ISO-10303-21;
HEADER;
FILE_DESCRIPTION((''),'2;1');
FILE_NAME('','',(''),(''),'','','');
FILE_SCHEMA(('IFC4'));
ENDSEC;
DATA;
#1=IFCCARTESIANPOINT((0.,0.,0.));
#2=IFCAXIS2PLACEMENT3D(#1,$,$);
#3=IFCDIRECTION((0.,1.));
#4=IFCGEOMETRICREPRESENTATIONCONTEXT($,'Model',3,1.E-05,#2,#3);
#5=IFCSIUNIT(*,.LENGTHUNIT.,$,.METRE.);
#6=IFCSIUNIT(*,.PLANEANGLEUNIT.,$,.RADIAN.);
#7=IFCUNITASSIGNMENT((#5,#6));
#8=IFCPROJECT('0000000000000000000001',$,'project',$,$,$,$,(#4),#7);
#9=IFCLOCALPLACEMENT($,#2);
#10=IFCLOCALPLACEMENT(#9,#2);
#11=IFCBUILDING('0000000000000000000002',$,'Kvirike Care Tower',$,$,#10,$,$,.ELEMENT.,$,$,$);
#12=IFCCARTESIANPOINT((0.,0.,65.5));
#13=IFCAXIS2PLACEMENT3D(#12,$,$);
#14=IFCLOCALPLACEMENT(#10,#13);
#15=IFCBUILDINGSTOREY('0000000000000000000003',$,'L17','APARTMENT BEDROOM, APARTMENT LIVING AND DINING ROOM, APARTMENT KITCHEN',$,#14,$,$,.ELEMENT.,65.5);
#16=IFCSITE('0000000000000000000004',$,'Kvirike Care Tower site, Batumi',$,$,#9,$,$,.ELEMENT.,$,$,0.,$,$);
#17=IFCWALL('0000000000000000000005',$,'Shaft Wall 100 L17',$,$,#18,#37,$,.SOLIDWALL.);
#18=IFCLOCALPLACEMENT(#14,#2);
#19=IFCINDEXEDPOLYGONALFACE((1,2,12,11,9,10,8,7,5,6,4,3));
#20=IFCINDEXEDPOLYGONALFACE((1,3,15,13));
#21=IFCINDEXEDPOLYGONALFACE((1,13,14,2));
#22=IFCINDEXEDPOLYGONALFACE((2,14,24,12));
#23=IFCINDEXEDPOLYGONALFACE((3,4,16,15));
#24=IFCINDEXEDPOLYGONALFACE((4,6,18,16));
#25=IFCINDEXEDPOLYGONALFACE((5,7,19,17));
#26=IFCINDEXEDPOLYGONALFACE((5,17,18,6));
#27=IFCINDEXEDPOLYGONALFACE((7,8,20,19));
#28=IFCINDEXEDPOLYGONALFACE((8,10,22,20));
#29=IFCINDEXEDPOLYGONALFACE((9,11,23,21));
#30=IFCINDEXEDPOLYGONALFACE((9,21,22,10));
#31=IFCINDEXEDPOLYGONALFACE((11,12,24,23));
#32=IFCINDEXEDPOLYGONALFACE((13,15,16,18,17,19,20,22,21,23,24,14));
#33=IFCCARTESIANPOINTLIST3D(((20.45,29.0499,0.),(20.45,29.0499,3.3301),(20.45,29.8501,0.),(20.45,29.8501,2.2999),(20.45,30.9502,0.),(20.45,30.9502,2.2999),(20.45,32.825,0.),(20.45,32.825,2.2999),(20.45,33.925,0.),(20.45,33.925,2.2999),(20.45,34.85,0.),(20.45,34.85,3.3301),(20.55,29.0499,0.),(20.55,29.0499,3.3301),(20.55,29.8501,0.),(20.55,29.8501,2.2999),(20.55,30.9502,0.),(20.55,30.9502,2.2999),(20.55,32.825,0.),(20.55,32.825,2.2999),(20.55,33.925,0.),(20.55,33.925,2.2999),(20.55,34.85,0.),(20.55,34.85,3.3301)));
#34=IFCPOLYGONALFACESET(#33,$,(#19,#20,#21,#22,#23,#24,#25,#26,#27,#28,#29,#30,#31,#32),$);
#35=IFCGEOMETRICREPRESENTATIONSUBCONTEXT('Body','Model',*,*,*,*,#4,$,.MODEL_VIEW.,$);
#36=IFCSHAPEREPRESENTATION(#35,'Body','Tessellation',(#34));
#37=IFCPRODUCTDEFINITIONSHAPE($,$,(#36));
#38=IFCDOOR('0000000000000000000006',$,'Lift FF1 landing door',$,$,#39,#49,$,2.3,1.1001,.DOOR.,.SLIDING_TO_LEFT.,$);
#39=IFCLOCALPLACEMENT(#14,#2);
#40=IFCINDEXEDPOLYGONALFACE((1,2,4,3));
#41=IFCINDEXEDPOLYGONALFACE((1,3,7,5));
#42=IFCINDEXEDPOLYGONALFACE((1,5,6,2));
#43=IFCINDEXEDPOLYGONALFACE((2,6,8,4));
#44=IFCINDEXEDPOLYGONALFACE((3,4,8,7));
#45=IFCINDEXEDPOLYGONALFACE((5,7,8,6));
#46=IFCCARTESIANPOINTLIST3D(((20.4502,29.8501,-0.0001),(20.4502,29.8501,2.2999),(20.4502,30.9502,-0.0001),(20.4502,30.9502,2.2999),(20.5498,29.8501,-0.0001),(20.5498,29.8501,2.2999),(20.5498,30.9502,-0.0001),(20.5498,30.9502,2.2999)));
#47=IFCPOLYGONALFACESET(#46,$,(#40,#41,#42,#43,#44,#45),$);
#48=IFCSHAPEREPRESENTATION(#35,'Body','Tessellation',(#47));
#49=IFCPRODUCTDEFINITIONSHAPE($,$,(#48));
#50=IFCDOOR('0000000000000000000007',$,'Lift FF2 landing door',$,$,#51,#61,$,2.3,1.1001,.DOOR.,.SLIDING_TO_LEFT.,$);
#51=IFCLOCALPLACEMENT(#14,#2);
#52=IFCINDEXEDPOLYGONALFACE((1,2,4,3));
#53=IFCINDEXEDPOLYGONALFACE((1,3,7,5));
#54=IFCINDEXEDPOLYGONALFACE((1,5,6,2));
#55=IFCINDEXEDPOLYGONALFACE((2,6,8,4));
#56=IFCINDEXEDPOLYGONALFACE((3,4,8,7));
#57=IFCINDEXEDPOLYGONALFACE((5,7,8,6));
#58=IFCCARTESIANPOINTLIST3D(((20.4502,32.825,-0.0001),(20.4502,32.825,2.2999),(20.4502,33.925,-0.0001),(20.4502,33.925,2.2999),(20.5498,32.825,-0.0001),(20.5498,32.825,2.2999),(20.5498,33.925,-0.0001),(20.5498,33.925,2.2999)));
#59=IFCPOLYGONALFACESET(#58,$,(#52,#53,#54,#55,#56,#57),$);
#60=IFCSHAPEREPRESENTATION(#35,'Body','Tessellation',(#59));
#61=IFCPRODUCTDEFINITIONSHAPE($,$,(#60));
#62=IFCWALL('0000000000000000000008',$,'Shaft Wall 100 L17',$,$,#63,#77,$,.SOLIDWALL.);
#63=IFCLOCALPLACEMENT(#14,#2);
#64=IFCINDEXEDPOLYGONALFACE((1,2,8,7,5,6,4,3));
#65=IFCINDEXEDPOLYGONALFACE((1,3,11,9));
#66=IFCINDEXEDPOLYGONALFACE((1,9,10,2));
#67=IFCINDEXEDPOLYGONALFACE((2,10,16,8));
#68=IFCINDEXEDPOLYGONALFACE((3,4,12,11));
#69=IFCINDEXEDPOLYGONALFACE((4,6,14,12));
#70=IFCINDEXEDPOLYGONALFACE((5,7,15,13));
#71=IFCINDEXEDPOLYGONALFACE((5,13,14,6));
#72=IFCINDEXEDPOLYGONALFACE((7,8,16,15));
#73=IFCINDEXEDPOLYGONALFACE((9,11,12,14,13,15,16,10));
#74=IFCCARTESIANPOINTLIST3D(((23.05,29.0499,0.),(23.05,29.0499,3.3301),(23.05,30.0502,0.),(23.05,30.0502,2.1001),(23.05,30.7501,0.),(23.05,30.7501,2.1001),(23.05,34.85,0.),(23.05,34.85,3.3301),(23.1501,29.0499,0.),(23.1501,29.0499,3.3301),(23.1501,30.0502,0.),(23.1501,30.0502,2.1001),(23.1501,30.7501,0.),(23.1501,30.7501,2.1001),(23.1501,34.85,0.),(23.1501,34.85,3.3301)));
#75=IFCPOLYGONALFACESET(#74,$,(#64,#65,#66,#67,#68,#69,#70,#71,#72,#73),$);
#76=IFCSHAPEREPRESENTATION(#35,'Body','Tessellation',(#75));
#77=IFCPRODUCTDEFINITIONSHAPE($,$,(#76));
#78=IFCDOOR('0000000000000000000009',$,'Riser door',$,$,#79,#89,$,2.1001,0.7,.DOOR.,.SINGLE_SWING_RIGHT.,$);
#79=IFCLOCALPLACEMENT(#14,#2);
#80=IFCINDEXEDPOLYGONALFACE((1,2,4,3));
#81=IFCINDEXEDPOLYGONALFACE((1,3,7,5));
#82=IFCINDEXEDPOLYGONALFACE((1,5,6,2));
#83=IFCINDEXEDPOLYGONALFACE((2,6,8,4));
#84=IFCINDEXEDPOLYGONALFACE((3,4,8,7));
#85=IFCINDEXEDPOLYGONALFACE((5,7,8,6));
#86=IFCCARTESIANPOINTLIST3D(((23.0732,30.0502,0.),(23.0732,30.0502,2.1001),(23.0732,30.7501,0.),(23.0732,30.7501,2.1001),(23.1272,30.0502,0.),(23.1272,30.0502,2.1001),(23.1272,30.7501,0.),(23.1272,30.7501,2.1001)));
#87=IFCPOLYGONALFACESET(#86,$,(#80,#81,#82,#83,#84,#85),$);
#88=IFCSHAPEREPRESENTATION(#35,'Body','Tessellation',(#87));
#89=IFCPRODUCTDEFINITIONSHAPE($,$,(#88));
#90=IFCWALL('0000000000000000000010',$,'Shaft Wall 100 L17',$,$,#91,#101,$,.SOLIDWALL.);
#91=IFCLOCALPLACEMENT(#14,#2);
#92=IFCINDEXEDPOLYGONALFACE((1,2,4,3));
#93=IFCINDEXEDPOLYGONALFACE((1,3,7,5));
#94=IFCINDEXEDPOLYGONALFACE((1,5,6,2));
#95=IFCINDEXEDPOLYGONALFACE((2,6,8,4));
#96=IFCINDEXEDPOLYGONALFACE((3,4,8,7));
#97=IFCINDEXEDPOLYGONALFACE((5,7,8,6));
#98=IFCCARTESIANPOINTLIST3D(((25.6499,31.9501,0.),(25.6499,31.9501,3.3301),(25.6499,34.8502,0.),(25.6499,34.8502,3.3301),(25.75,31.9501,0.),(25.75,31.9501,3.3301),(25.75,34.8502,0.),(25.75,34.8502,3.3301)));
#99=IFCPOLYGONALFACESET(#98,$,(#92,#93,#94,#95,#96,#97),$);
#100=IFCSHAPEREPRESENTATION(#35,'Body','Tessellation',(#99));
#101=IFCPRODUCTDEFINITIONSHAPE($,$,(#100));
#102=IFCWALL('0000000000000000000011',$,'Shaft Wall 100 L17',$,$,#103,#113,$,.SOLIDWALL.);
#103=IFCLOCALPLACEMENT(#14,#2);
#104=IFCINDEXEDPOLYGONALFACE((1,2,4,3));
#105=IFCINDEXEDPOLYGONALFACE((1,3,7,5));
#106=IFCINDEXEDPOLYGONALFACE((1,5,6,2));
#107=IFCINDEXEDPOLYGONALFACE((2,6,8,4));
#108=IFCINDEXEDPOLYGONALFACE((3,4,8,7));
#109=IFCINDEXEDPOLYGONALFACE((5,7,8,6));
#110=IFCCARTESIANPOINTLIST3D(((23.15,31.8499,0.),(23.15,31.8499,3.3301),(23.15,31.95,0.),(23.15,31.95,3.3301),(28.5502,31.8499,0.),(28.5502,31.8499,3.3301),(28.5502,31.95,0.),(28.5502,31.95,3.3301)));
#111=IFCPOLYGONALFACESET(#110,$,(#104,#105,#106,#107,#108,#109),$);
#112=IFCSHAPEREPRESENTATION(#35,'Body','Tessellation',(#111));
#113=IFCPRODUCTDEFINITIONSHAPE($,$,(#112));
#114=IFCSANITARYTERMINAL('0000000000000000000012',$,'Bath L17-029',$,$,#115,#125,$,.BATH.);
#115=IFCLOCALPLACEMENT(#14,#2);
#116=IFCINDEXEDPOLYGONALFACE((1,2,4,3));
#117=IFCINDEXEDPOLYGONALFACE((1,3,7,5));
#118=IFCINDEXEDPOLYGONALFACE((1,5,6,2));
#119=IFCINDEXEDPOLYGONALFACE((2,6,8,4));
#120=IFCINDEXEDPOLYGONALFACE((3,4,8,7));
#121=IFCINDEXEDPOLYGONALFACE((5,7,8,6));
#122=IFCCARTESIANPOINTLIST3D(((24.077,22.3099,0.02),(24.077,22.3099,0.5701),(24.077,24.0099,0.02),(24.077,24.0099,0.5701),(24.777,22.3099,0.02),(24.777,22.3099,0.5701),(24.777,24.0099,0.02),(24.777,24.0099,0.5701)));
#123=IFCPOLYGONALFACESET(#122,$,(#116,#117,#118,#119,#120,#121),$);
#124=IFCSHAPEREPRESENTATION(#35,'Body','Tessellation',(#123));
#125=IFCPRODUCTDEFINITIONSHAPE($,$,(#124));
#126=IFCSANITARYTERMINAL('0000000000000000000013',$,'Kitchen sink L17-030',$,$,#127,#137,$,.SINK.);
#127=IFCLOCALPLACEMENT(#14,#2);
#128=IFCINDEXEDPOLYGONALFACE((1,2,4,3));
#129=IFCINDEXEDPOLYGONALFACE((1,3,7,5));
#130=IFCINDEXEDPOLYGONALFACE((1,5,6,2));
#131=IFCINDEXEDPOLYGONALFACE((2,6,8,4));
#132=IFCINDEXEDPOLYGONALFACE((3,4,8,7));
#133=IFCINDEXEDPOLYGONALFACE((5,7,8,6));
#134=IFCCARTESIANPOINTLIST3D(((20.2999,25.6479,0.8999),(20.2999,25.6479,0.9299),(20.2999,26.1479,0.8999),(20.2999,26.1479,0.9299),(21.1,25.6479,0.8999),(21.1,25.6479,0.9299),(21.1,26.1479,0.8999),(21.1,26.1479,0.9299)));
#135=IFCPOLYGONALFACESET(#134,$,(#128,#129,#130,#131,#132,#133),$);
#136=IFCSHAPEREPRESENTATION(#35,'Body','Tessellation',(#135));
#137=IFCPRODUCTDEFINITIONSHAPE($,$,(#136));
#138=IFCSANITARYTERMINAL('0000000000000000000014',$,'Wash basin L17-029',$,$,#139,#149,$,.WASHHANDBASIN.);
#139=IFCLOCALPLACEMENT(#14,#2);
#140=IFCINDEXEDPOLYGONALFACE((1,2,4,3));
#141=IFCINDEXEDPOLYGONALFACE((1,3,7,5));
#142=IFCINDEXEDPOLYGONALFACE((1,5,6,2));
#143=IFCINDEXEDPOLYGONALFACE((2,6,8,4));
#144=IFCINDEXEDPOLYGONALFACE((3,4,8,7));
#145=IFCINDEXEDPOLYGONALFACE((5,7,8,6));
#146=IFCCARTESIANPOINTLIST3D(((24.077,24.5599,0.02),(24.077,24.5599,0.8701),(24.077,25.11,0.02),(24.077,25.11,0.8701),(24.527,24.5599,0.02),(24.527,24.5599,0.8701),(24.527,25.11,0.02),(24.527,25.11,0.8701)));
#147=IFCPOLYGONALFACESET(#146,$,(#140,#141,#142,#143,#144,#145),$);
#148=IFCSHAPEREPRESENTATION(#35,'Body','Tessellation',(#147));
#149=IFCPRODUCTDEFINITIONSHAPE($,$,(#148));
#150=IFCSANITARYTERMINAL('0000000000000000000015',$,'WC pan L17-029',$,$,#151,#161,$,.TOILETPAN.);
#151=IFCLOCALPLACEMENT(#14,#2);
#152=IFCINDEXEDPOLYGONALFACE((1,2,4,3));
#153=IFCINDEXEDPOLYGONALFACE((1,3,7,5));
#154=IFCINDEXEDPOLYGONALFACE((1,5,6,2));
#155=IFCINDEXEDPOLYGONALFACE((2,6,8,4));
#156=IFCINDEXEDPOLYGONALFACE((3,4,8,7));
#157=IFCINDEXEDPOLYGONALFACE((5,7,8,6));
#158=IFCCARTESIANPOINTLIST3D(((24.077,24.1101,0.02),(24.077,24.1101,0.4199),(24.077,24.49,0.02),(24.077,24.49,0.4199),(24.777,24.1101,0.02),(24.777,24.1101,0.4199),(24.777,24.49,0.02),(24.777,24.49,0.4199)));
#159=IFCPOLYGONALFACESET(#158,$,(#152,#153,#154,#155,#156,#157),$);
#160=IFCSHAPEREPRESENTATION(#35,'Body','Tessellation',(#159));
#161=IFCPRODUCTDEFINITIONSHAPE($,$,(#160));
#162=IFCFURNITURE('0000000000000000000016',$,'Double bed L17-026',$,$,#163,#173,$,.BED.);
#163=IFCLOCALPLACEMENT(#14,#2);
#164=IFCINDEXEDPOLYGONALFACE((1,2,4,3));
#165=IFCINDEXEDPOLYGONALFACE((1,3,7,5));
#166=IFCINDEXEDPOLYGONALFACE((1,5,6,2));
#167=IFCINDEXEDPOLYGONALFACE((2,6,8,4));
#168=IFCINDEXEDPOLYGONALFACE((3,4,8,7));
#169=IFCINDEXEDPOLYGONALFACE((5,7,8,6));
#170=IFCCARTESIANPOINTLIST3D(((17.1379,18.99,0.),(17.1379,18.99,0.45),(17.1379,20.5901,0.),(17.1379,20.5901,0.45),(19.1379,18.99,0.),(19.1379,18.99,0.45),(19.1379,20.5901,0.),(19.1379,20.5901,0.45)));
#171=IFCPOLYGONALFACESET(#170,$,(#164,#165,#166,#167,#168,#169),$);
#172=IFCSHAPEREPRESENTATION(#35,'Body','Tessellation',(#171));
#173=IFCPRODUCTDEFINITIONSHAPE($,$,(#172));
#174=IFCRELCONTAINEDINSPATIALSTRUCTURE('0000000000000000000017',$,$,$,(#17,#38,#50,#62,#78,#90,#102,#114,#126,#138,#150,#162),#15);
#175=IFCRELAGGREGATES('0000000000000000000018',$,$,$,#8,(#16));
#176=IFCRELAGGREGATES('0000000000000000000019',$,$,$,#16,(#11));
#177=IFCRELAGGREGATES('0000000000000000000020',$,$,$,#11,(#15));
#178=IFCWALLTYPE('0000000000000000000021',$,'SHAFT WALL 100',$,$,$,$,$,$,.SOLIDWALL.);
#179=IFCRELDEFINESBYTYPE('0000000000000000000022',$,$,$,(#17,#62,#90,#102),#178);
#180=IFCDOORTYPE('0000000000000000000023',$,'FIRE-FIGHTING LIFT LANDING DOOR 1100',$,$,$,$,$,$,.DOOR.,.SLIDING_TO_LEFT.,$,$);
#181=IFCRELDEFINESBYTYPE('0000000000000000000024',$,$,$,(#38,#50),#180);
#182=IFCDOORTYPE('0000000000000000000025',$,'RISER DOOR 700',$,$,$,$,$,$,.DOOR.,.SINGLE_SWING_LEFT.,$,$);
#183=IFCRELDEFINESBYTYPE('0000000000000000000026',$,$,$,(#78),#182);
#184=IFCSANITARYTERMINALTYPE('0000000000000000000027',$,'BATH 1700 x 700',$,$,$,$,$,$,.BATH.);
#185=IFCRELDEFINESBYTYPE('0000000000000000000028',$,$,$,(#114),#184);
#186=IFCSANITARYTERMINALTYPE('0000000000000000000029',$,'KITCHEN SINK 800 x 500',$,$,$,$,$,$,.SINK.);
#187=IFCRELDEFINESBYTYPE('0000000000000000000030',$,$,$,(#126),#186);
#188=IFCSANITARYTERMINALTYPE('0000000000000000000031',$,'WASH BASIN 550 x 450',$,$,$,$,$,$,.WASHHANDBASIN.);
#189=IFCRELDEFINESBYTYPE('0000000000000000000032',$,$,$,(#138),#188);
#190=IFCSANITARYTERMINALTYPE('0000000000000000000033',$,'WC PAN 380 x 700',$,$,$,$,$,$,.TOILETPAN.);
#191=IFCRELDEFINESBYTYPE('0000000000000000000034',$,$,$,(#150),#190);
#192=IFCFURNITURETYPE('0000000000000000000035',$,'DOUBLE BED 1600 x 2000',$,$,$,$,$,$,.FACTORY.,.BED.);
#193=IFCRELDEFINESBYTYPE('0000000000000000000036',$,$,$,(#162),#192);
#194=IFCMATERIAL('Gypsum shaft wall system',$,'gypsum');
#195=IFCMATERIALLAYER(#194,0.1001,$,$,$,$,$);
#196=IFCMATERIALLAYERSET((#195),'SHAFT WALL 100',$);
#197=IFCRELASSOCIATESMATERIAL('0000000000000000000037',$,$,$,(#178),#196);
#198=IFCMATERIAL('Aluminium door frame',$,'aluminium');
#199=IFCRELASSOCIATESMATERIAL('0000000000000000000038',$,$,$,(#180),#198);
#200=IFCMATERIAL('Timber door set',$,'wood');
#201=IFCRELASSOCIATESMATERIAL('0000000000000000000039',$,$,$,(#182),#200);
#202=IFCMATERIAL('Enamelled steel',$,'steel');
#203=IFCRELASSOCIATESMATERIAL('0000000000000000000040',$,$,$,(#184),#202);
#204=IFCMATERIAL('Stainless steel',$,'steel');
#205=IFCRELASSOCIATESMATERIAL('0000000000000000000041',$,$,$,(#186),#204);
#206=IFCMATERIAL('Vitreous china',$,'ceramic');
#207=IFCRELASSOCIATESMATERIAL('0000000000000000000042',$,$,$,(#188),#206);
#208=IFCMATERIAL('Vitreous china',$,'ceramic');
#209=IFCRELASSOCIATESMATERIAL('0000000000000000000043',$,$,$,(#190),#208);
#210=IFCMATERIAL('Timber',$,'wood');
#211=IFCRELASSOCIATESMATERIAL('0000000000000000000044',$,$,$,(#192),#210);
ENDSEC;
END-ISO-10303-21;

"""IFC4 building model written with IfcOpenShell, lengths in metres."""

from ifc_helpers import new_model, si_unit, direction, frame, frame_2d, origin, origin_2d, place, context, subcontext, project, spatial, rectangle, extrude, material, layer, layer_set, type_object, element, fill, save


model = new_model("IFC4")

# Units and contexts
model_context = context("Model", 3, precision=1e-05, world=origin(), true_north=direction((0.0, 1.0)))
body_context = subcontext(model_context, "Body", "Model", "MODEL_VIEW")
ifc_project = project(units=[si_unit("LENGTHUNIT", "METRE"), si_unit("PLANEANGLEUNIT", "RADIAN")], contexts=[model_context])

# Site, building, storey
site_placement = place(None, origin())
site = spatial("IfcSite", under=ifc_project, at=site_placement, Name="Kvirike Care Tower site, Batumi", CompositionType="ELEMENT", RefElevation=0.0)
building_placement = place(site_placement, origin())
building = spatial("IfcBuilding", under=site, at=building_placement, Name="Kvirike Care Tower", CompositionType="ELEMENT")
storey_placement = place(building_placement, frame((0.0, 0.0, 65.5)))
storey = spatial("IfcBuildingStorey", under=building, at=storey_placement, Name="L17", Description="APARTMENT BEDROOM, APARTMENT LIVING AND DINING ROOM, APARTMENT KITCHEN", CompositionType="ELEMENT", Elevation=65.5)

# Wall, openings, doors
ifc_material_1 = material(Name="Gypsum shaft wall system", Category="gypsum")
ifc_layer_1 = layer(ifc_material_1, 0.1001)
ifc_layer_set_1 = layer_set([ifc_layer_1], Name="SHAFT WALL 100")
wall_type_1 = type_object("IfcWallType", Name="SHAFT WALL 100", PredefinedType="SOLIDWALL", material=ifc_layer_set_1)
wall_1_placement = place(storey_placement, frame((20.5, 29.05, 0.0), z_axis=(0.0, 0.0, 1.0), x_axis=(0.0, 1.0, 0.0)))
wall_1 = element("IfcWall", 1, at=wall_1_placement, inside=storey, type_object=wall_type_1, Name="Shaft Wall 100 L17", PredefinedType="SOLIDWALL", context=body_context, shape_type="SweptSolid", body=[
    extrude(rectangle(XDim=5.8, YDim=0.1001, at=frame_2d((2.8999, 0.0))), origin(), (0.0, 0.0, 1.0), 3.3301),
])
opening_1_placement = place(wall_1_placement, frame((0.8, 0.0, 0.0)))
opening_1 = element("IfcOpeningElement", 2, at=opening_1_placement, cuts=wall_1, PredefinedType="OPENING", context=body_context, shape_type="SweptSolid", body=[
    extrude(rectangle(XDim=1.1001, YDim=2.3, at=frame_2d((0.55, 1.1499))), frame((0.0, 0.0605, 0.0), z_axis=(0.0, -1.0, 0.0), x_axis=(1.0, 0.0, 0.0)), (0.0, 0.0, 1.0), 0.1211),
])
opening_2_placement = place(wall_1_placement, frame((3.7749, 0.0, 0.0)))
opening_2 = element("IfcOpeningElement", 3, at=opening_2_placement, cuts=wall_1, PredefinedType="OPENING", context=body_context, shape_type="SweptSolid", body=[
    extrude(rectangle(XDim=1.1001, YDim=2.3, at=frame_2d((0.55, 1.1499))), frame((0.0, 0.0605, 0.0), z_axis=(0.0, -1.0, 0.0), x_axis=(1.0, 0.0, 0.0)), (0.0, 0.0, 1.0), 0.1211),
])
ifc_material_2 = material(Name="Aluminium door frame", Category="aluminium")
door_type_1 = type_object("IfcDoorType", Name="FIRE-FIGHTING LIFT LANDING DOOR 1100", OperationType="SLIDING_TO_LEFT", PredefinedType="DOOR", material=ifc_material_2)
door_1_placement = place(opening_1_placement, origin())
door_1 = element("IfcDoor", 4, at=door_1_placement, inside=storey, type_object=door_type_1, Name="Lift FF1 landing door", OperationType="SLIDING_TO_LEFT", OverallHeight=2.3, OverallWidth=1.1001, PredefinedType="DOOR", context=body_context, shape_type="SweptSolid", body=[
    extrude(rectangle(XDim=1.1001, YDim=2.3, at=frame_2d((0.55, 1.1499))), frame((0.0, 0.0498, 0.0), z_axis=(0.0, -1.0, 0.0), x_axis=(1.0, 0.0, 0.0)), (0.0, 0.0, 1.0), 0.0996),
])
fill(opening_1, door_1)
door_2_placement = place(opening_2_placement, origin())
door_2 = element("IfcDoor", 5, at=door_2_placement, inside=storey, type_object=door_type_1, Name="Lift FF2 landing door", OperationType="SLIDING_TO_LEFT", OverallHeight=2.3, OverallWidth=1.1001, PredefinedType="DOOR", context=body_context, shape_type="SweptSolid", body=[
    extrude(rectangle(XDim=1.1001, YDim=2.3, at=frame_2d((0.55, 1.1499))), frame((0.0, 0.0498, 0.0), z_axis=(0.0, -1.0, 0.0), x_axis=(1.0, 0.0, 0.0)), (0.0, 0.0, 1.0), 0.0996),
])
fill(opening_2, door_2)

# Wall, opening, door
wall_2_placement = place(storey_placement, frame((23.1001, 29.05, 0.0), z_axis=(0.0, 0.0, 1.0), x_axis=(0.0, 1.0, 0.0)))
wall_2 = element("IfcWall", 6, at=wall_2_placement, inside=storey, type_object=wall_type_1, Name="Shaft Wall 100 L17", PredefinedType="SOLIDWALL", context=body_context, shape_type="SweptSolid", body=[
    extrude(rectangle(XDim=5.8, YDim=0.1001, at=frame_2d((2.8999, 0.0))), origin(), (0.0, 0.0, 1.0), 3.3301),
])
opening_3_placement = place(wall_2_placement, frame((1.0, 0.0, 0.0)))
opening_3 = element("IfcOpeningElement", 7, at=opening_3_placement, cuts=wall_2, PredefinedType="OPENING", context=body_context, shape_type="SweptSolid", body=[
    extrude(rectangle(XDim=0.7, YDim=2.1001, at=frame_2d((0.3501, 1.05))), frame((0.0, 0.0605, 0.0), z_axis=(0.0, -1.0, 0.0), x_axis=(1.0, 0.0, 0.0)), (0.0, 0.0, 1.0), 0.1211),
])
ifc_material_3 = material(Name="Timber door set", Category="wood")
door_type_2 = type_object("IfcDoorType", Name="RISER DOOR 700", OperationType="SINGLE_SWING_LEFT", PredefinedType="DOOR", material=ifc_material_3)
door_3_placement = place(opening_3_placement, origin())
door_3 = element("IfcDoor", 8, at=door_3_placement, inside=storey, type_object=door_type_2, Name="Riser door", OperationType="SINGLE_SWING_RIGHT", OverallHeight=2.1001, OverallWidth=0.7, PredefinedType="DOOR", context=body_context, shape_type="SweptSolid", body=[
    extrude(rectangle(XDim=0.7, YDim=2.1001, at=frame_2d((0.3501, 1.05))), frame((0.0, 0.0269, 0.0), z_axis=(0.0, -1.0, 0.0), x_axis=(1.0, 0.0, 0.0)), (0.0, 0.0, 1.0), 0.054),
])
fill(opening_3, door_3)

# Walls
wall_3_placement = place(storey_placement, frame((25.7, 31.95, 0.0), z_axis=(0.0, 0.0, 1.0), x_axis=(0.0, 1.0, 0.0)))
element("IfcWall", 9, at=wall_3_placement, inside=storey, type_object=wall_type_1, Name="Shaft Wall 100 L17", PredefinedType="SOLIDWALL", context=body_context, shape_type="SweptSolid", body=[
    extrude(rectangle(XDim=2.9001, YDim=0.1001, at=frame_2d((1.4502, 0.0))), origin(), (0.0, 0.0, 1.0), 3.3301),
])
wall_4_placement = place(storey_placement, frame((23.1499, 31.8999, 0.0), z_axis=(0.0, 0.0, 1.0), x_axis=(1.0, 0.0, 0.0)))
element("IfcWall", 10, at=wall_4_placement, inside=storey, type_object=wall_type_1, Name="Shaft Wall 100 L17", PredefinedType="SOLIDWALL", context=body_context, shape_type="SweptSolid", body=[
    extrude(rectangle(XDim=5.4001, YDim=0.1001, at=frame_2d((2.7002, 0.0))), origin(), (0.0, 0.0, 1.0), 3.3301),
])

# Sanitary terminals
ifc_material_4 = material(Name="Enamelled steel", Category="steel")
sanitary_terminal_type_1 = type_object("IfcSanitaryTerminalType", Name="BATH 1700 x 700", PredefinedType="BATH", material=ifc_material_4)
sanitary_terminal_1_placement = place(storey_placement, frame((24.427, 23.1599, 0.02), z_axis=(0.0, 0.0, 1.0), x_axis=(0.0, 1.0, 0.0)))
element("IfcSanitaryTerminal", 11, at=sanitary_terminal_1_placement, inside=storey, type_object=sanitary_terminal_type_1, Name="Bath L17-029", PredefinedType="BATH", context=body_context, shape_type="SweptSolid", body=[
    extrude(rectangle(XDim=1.7, YDim=0.7, at=origin_2d()), origin(), (0.0, 0.0, 1.0), 0.55),
])
ifc_material_5 = material(Name="Stainless steel", Category="steel")
sanitary_terminal_type_2 = type_object("IfcSanitaryTerminalType", Name="KITCHEN SINK 800 x 500", PredefinedType="SINK", material=ifc_material_5)
sanitary_terminal_2_placement = place(storey_placement, frame((20.7, 25.8979, 0.8999), z_axis=(0.0, 0.0, 1.0), x_axis=(1.0, 0.0, 0.0)))
element("IfcSanitaryTerminal", 12, at=sanitary_terminal_2_placement, inside=storey, type_object=sanitary_terminal_type_2, Name="Kitchen sink L17-030", PredefinedType="SINK", context=body_context, shape_type="SweptSolid", body=[
    extrude(rectangle(XDim=0.8, YDim=0.5, at=origin_2d()), origin(), (0.0, 0.0, 1.0), 0.03),
])
ifc_material_6 = material(Name="Vitreous china", Category="ceramic")
sanitary_terminal_type_3 = type_object("IfcSanitaryTerminalType", Name="WASH BASIN 550 x 450", PredefinedType="WASHHANDBASIN", material=ifc_material_6)
sanitary_terminal_3_placement = place(storey_placement, frame((24.302, 24.835, 0.02), z_axis=(0.0, 0.0, 1.0), x_axis=(0.0, 1.0, 0.0)))
element("IfcSanitaryTerminal", 13, at=sanitary_terminal_3_placement, inside=storey, type_object=sanitary_terminal_type_3, Name="Wash basin L17-029", PredefinedType="WASHHANDBASIN", context=body_context, shape_type="SweptSolid", body=[
    extrude(rectangle(XDim=0.55, YDim=0.45, at=origin_2d()), origin(), (0.0, 0.0, 1.0), 0.8501),
])
ifc_material_7 = material(Name="Vitreous china", Category="ceramic")
sanitary_terminal_type_4 = type_object("IfcSanitaryTerminalType", Name="WC PAN 380 x 700", PredefinedType="TOILETPAN", material=ifc_material_7)
sanitary_terminal_4_placement = place(storey_placement, frame((24.427, 24.3, 0.02), z_axis=(0.0, 0.0, 1.0), x_axis=(0.0, 1.0, 0.0)))
element("IfcSanitaryTerminal", 14, at=sanitary_terminal_4_placement, inside=storey, type_object=sanitary_terminal_type_4, Name="WC pan L17-029", PredefinedType="TOILETPAN", context=body_context, shape_type="SweptSolid", body=[
    extrude(rectangle(XDim=0.3799, YDim=0.7, at=origin_2d()), origin(), (0.0, 0.0, 1.0), 0.3999),
])

# Furniture
ifc_material_8 = material(Name="Timber", Category="wood")
furniture_type_1 = type_object("IfcFurnitureType", Name="DOUBLE BED 1600 x 2000", AssemblyPlace="FACTORY", PredefinedType="BED", material=ifc_material_8)
furniture_1_placement = place(storey_placement, frame((18.1379, 19.79, 0.0), z_axis=(0.0, 0.0, 1.0), x_axis=(0.0, -1.0, 0.0)))
element("IfcFurniture", 15, at=furniture_1_placement, inside=storey, type_object=furniture_type_1, Name="Double bed L17-026", PredefinedType="BED", context=body_context, shape_type="SweptSolid", body=[
    extrude(rectangle(XDim=1.6001, YDim=2.0, at=origin_2d()), origin(), (0.0, 0.0, 1.0), 0.45),
])

save(model, "model.ifc")
